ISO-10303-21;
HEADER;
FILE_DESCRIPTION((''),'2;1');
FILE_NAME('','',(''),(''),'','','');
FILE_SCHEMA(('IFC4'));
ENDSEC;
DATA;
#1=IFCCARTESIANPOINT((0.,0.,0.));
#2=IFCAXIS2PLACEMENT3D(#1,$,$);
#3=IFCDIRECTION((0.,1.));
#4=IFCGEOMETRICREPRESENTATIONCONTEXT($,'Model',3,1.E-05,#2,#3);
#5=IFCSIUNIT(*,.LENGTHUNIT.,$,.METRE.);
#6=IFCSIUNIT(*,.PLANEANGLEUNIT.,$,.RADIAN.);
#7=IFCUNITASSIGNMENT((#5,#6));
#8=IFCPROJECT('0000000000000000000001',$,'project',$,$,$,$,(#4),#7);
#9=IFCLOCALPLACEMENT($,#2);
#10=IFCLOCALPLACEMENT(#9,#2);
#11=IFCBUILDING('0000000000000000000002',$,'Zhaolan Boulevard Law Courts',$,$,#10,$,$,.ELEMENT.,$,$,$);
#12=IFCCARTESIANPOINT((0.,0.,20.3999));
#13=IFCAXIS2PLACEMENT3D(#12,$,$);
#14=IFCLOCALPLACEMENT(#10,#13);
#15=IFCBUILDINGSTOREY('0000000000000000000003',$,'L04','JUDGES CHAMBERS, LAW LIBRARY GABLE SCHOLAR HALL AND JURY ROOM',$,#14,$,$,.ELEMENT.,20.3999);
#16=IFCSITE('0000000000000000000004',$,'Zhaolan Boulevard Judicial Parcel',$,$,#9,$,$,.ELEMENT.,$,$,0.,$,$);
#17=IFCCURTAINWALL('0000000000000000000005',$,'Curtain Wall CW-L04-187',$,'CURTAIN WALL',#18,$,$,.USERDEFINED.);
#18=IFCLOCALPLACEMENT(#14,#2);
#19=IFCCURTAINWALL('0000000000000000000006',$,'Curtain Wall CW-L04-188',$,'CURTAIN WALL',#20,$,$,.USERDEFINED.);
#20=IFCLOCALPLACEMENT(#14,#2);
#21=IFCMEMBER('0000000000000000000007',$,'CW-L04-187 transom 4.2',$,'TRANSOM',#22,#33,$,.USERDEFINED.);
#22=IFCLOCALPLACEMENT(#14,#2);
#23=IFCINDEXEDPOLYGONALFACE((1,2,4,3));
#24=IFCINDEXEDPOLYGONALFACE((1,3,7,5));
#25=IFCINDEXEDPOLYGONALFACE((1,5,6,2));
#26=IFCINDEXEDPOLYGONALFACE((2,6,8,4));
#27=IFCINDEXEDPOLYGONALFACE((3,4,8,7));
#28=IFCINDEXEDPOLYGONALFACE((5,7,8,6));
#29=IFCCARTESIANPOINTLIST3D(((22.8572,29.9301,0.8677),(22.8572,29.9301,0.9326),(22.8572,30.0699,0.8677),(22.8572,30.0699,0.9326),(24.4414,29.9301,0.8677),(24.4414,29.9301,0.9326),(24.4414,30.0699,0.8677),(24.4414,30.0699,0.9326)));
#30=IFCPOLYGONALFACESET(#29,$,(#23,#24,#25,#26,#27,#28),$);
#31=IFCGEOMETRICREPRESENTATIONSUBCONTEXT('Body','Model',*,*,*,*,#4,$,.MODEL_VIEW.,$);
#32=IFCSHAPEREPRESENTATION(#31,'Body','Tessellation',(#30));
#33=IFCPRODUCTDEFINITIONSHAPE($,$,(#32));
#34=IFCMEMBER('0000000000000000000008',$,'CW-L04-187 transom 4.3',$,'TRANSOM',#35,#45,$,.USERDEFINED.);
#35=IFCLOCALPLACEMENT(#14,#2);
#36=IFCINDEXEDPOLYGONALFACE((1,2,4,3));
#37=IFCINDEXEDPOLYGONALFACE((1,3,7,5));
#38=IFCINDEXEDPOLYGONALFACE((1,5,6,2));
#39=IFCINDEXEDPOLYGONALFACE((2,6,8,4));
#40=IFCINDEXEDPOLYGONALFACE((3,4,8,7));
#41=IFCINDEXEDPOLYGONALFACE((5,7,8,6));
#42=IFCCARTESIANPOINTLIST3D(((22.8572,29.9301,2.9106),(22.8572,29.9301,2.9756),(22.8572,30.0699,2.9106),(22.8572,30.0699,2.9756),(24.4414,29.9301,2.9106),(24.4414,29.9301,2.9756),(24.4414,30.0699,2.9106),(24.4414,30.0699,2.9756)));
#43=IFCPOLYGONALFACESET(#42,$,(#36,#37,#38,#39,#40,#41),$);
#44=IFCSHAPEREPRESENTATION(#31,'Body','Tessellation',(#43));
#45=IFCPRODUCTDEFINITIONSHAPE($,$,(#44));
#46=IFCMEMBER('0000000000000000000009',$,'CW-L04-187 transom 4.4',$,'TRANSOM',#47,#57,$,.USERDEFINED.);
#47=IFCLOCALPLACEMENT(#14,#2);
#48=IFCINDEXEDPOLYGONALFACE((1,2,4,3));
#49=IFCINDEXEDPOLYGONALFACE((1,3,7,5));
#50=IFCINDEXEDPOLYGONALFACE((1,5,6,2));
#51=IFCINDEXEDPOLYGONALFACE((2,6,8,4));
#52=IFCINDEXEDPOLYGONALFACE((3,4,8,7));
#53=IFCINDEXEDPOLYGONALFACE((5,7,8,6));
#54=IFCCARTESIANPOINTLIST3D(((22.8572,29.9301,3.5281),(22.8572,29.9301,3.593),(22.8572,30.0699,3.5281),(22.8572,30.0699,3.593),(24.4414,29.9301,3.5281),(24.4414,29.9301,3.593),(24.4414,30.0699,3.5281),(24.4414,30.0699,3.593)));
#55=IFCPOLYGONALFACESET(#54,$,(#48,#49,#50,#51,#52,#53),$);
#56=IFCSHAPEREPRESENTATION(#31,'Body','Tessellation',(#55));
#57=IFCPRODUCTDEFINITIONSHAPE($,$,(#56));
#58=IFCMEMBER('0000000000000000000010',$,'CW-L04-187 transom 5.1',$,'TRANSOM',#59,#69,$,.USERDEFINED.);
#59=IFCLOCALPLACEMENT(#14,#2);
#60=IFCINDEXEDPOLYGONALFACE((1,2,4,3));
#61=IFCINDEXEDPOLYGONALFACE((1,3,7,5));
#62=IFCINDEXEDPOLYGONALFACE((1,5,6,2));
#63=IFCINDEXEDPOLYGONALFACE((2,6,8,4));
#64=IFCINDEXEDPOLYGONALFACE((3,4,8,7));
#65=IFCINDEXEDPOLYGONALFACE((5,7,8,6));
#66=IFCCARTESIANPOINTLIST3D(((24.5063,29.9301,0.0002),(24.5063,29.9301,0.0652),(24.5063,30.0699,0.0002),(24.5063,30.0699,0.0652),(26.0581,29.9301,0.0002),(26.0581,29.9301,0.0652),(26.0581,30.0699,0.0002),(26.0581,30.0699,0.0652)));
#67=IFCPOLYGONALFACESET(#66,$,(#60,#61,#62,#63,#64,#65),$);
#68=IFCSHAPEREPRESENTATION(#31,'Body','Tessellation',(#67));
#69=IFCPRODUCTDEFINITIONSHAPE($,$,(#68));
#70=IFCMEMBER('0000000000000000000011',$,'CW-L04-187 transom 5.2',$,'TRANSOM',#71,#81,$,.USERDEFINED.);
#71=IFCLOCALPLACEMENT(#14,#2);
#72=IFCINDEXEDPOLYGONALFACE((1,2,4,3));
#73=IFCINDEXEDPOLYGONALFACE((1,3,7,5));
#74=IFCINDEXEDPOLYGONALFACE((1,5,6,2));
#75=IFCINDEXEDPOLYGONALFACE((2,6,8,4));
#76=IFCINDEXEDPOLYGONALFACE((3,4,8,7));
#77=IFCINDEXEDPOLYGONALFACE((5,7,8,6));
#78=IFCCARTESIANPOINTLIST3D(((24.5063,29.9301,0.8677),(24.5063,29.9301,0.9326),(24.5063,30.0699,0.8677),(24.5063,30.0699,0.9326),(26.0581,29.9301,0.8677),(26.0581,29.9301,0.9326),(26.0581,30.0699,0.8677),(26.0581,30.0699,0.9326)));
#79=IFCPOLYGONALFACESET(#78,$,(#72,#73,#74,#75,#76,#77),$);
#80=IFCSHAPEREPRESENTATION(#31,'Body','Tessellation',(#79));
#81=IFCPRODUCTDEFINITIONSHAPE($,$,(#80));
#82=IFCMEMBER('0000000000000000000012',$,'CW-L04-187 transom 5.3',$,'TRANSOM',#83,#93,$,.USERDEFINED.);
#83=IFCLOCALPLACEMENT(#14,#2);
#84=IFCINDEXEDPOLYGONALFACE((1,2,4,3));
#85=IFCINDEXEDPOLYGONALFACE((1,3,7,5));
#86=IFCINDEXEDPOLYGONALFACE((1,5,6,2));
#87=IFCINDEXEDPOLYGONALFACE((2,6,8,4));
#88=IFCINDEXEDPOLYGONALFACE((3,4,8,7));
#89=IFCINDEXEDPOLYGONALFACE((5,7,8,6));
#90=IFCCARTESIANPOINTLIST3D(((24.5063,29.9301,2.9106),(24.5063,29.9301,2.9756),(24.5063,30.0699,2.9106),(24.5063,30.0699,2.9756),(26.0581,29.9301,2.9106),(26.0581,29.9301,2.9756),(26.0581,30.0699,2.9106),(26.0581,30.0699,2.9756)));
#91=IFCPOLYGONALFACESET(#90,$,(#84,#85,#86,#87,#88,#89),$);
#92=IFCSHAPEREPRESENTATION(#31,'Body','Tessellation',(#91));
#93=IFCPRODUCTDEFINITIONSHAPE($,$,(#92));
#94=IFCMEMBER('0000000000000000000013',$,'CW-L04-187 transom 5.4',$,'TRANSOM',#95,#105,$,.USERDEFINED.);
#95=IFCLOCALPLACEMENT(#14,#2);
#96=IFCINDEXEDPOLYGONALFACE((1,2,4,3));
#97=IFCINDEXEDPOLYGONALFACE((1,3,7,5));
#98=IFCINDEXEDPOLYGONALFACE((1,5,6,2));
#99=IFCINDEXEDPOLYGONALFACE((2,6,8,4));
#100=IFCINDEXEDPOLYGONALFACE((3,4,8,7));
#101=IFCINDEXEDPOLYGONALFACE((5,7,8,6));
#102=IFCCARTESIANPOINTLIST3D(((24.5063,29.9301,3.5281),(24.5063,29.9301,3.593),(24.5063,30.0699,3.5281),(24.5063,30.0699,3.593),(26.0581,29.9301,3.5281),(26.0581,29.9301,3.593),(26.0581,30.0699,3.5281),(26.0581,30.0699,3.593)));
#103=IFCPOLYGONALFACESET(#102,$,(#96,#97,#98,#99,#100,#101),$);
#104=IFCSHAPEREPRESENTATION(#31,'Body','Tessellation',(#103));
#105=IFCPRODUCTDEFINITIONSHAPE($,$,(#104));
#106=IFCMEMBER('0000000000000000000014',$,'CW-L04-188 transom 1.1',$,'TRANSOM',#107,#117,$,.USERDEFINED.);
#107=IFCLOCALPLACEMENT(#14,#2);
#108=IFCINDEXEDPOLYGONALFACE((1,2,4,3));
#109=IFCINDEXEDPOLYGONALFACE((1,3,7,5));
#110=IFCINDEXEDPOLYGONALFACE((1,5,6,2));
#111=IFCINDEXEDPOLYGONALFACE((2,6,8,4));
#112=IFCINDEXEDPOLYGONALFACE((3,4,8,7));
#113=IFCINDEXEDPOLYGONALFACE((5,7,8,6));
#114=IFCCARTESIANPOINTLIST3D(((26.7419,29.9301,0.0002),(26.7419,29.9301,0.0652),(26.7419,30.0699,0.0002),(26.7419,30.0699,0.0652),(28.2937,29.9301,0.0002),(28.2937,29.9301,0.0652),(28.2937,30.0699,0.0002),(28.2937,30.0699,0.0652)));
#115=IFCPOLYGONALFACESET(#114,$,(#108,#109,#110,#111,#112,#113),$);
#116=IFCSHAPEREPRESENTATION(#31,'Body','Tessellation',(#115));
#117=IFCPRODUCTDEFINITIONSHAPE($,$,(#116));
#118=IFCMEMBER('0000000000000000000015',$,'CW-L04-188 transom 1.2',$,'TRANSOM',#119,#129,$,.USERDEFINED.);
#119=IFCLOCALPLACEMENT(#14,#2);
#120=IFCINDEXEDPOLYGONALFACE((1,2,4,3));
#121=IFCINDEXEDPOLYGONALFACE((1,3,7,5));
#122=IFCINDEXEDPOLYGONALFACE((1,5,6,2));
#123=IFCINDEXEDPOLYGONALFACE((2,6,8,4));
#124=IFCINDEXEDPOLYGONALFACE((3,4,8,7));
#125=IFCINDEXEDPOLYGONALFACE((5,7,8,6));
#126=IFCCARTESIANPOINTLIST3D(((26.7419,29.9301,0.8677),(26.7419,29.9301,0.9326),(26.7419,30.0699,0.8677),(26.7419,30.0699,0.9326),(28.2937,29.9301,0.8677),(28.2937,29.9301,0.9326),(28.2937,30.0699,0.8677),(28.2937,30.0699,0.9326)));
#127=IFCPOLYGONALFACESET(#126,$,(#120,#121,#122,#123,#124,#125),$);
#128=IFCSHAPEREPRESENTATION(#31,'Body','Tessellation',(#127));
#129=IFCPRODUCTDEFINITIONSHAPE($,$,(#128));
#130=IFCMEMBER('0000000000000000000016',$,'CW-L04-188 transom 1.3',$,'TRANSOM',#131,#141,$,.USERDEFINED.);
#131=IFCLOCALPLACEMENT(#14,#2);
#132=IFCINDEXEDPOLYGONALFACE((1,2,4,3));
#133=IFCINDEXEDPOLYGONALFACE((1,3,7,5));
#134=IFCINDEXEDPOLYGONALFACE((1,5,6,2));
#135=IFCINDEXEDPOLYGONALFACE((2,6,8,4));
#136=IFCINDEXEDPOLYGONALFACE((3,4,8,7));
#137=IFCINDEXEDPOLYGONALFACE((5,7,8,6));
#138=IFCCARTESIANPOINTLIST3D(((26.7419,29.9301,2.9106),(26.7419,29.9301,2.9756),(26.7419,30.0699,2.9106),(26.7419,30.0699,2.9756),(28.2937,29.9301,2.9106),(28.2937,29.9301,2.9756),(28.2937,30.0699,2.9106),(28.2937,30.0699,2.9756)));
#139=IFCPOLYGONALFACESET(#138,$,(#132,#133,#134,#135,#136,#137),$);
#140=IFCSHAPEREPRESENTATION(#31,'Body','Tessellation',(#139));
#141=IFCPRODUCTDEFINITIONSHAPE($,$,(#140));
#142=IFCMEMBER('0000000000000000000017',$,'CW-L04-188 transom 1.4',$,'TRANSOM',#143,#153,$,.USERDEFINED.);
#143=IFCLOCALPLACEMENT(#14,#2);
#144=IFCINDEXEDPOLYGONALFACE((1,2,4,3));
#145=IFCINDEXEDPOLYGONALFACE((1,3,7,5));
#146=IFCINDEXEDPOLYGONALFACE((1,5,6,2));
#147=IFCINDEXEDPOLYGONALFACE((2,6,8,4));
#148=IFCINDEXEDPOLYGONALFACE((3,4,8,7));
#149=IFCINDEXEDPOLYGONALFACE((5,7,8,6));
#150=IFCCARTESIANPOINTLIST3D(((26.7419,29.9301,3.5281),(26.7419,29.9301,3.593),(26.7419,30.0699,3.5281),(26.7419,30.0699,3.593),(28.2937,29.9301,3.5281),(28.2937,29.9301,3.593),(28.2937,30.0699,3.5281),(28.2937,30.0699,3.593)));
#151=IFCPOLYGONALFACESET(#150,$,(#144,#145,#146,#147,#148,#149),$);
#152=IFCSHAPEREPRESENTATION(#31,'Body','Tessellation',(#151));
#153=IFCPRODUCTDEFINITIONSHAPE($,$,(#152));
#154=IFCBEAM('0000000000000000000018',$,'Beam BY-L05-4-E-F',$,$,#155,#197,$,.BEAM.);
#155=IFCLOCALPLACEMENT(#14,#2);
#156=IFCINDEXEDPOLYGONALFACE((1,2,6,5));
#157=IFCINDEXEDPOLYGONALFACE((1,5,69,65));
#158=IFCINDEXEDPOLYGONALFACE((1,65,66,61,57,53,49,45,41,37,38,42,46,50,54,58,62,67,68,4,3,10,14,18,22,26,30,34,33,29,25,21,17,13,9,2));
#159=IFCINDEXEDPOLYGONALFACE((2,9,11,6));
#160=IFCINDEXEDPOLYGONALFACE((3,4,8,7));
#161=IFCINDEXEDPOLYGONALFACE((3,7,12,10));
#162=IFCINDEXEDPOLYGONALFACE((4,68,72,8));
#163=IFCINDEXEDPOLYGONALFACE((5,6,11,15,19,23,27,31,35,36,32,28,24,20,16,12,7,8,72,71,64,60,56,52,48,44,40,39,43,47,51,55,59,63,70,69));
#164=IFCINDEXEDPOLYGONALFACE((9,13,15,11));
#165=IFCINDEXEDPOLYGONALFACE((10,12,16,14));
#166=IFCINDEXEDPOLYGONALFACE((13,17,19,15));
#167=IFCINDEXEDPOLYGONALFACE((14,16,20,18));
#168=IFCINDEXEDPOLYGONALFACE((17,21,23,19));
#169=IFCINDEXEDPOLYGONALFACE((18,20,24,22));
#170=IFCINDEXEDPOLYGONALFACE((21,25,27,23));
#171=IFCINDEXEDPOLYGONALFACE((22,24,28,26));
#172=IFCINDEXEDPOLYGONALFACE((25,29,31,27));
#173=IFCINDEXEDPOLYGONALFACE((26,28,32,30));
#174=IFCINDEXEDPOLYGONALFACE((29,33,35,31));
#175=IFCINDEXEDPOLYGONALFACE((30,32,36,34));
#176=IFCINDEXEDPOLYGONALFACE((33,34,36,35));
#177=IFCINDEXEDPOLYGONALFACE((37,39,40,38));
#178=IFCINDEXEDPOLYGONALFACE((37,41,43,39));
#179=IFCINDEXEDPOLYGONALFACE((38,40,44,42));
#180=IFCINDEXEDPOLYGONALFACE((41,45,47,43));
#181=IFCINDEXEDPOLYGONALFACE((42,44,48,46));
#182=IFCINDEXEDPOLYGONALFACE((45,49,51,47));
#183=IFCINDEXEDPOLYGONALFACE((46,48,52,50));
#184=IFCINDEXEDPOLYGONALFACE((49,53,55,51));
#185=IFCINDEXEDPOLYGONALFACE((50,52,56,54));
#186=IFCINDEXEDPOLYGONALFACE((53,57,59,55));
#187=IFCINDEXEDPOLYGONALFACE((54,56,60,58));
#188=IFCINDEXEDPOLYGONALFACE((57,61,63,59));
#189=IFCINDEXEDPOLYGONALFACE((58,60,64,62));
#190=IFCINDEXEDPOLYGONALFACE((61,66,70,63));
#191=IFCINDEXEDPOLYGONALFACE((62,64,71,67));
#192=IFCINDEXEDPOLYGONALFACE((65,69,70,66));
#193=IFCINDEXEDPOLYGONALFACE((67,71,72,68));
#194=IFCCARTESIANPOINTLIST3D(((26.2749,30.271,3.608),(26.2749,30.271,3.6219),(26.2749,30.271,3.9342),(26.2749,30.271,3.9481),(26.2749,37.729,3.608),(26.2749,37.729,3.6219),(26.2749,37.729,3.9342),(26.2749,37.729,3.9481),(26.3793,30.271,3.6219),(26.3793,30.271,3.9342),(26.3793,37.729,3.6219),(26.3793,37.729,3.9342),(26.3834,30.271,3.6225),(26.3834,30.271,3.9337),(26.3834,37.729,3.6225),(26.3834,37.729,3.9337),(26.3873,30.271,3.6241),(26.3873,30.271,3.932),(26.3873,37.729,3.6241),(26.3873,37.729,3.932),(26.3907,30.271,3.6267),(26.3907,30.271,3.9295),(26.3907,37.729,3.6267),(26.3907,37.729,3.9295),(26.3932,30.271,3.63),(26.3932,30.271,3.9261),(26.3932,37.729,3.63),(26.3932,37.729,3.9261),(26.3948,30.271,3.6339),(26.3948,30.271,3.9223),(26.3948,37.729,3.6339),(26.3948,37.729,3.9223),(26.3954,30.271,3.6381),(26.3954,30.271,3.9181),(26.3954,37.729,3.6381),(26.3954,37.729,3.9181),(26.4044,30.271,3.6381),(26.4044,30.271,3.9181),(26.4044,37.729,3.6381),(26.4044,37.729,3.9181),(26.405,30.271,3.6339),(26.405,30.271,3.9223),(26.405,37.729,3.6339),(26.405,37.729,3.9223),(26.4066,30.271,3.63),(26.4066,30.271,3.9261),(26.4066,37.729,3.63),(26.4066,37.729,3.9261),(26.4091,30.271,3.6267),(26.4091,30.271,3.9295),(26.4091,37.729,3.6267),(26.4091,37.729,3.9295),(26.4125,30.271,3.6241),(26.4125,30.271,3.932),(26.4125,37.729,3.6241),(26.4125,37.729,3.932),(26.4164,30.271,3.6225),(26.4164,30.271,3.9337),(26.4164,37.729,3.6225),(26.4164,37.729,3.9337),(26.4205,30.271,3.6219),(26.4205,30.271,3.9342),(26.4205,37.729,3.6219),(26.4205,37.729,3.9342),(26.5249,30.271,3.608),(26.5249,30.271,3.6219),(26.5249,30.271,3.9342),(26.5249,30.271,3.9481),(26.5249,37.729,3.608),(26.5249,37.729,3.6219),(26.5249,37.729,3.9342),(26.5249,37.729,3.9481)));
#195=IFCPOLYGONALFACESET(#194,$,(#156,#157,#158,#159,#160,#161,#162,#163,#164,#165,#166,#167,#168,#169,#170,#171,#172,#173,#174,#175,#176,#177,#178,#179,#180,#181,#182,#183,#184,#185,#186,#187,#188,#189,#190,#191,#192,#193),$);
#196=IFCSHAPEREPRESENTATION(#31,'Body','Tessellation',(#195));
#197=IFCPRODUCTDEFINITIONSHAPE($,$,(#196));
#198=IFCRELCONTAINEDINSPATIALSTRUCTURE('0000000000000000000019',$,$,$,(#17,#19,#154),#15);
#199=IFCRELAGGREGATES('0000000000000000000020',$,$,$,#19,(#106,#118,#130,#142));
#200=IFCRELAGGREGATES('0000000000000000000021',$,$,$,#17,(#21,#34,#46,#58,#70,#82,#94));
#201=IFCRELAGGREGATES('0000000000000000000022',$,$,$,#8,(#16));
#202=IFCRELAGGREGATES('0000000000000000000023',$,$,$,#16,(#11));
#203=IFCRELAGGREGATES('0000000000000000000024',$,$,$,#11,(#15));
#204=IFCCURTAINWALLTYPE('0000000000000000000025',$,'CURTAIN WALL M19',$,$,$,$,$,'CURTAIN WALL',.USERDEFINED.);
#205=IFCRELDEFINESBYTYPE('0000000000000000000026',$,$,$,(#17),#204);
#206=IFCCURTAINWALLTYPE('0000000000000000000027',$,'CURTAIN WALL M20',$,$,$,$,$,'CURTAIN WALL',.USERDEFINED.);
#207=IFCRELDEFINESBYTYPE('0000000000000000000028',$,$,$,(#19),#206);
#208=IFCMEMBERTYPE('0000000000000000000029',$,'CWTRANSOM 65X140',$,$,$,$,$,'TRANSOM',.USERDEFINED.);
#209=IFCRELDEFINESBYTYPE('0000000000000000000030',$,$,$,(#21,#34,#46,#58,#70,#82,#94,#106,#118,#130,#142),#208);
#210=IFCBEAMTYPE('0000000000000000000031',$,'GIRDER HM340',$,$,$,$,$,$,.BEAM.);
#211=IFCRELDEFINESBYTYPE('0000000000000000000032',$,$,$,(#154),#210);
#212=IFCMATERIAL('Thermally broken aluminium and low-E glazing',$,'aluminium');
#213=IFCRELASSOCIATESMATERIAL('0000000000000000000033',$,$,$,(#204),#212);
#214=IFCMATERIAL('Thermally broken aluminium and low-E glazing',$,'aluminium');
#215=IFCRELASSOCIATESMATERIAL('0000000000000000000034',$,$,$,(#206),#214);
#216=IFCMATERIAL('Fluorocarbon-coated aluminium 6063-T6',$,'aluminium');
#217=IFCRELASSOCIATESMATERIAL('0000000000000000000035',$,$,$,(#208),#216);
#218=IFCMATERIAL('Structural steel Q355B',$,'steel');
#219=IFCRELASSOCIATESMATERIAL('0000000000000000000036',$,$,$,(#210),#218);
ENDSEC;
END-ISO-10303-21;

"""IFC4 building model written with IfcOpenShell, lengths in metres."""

from ifc_helpers import new_model, si_unit, direction, frame, origin, origin_2d, place, context, subcontext, project, spatial, rectangle, i_section, extrude, material, material_profile, profile_set, type_object, element, aggregate, save


model = new_model("IFC4")

# Units and contexts
model_context = context("Model", 3, precision=1e-05, world=origin(), true_north=direction((0.0, 1.0)))
body_context = subcontext(model_context, "Body", "Model", "MODEL_VIEW")
ifc_project = project(units=[si_unit("LENGTHUNIT", "METRE"), si_unit("PLANEANGLEUNIT", "RADIAN")], contexts=[model_context])

# Site, building, storey
site_placement = place(None, origin())
site = spatial("IfcSite", under=ifc_project, at=site_placement, Name="Zhaolan Boulevard Judicial Parcel", CompositionType="ELEMENT", RefElevation=0.0)
building_placement = place(site_placement, origin())
building = spatial("IfcBuilding", under=site, at=building_placement, Name="Zhaolan Boulevard Law Courts", CompositionType="ELEMENT")
storey_placement = place(building_placement, frame((0.0, 0.0, 20.3999)))
storey = spatial("IfcBuildingStorey", under=building, at=storey_placement, Name="L04", Description="JUDGES CHAMBERS, LAW LIBRARY GABLE SCHOLAR HALL AND JURY ROOM", CompositionType="ELEMENT", Elevation=20.3999)

# Curtain wall
ifc_material_1 = material(Name="Thermally broken aluminium and low-E glazing", Category="aluminium")
curtain_wall_type_1 = type_object("IfcCurtainWallType", Name="CURTAIN WALL M19", ElementType="CURTAIN WALL", PredefinedType="USERDEFINED", material=ifc_material_1)
curtain_wall_1_placement = place(storey_placement, origin())
curtain_wall_1 = element("IfcCurtainWall", 1, at=curtain_wall_1_placement, inside=storey, type_object=curtain_wall_type_1, Name="Curtain Wall CW-L04-187", ObjectType="CURTAIN WALL", PredefinedType="USERDEFINED")

# Curtain wall
ifc_material_2 = material(Name="Thermally broken aluminium and low-E glazing", Category="aluminium")
curtain_wall_type_2 = type_object("IfcCurtainWallType", Name="CURTAIN WALL M20", ElementType="CURTAIN WALL", PredefinedType="USERDEFINED", material=ifc_material_2)
curtain_wall_2_placement = place(storey_placement, origin())
curtain_wall_2 = element("IfcCurtainWall", 2, at=curtain_wall_2_placement, inside=storey, type_object=curtain_wall_type_2, Name="Curtain Wall CW-L04-188", ObjectType="CURTAIN WALL", PredefinedType="USERDEFINED")

# Members
ifc_material_3 = material(Name="Fluorocarbon-coated aluminium 6063-T6", Category="aluminium")
ifc_material_profile_1 = material_profile(ifc_material_3, rectangle(XDim=0.1399, YDim=0.0649, at=origin_2d()), Name="AL65x140")
ifc_profile_set_1 = profile_set([ifc_material_profile_1], Name="Fluorocarbon-coated aluminium 6063-T6")
member_type_1 = type_object("IfcMemberType", Name="CWTRANSOM 65X140", ElementType="TRANSOM", PredefinedType="USERDEFINED", material=ifc_profile_set_1)
member_1_placement = place(storey_placement, frame((22.8572, 30.0, 0.9001), z_axis=(1.0, 0.0, 0.0), x_axis=(0.0, 1.0, 0.0)))
member_1 = element("IfcMember", 3, at=member_1_placement, type_object=member_type_1, Name="CW-L04-187 transom 4.2", ObjectType="TRANSOM", PredefinedType="USERDEFINED", context=body_context, shape_type="SweptSolid", body=[
    extrude(rectangle(XDim=0.1399, YDim=0.0649, at=origin_2d()), origin(), (0.0, 0.0, 1.0), 1.5842),
])
member_2_placement = place(storey_placement, frame((22.8572, 30.0, 2.9431), z_axis=(1.0, 0.0, 0.0), x_axis=(0.0, 1.0, 0.0)))
member_2 = element("IfcMember", 4, at=member_2_placement, type_object=member_type_1, Name="CW-L04-187 transom 4.3", ObjectType="TRANSOM", PredefinedType="USERDEFINED", context=body_context, shape_type="SweptSolid", body=[
    extrude(rectangle(XDim=0.1399, YDim=0.0649, at=origin_2d()), origin(), (0.0, 0.0, 1.0), 1.5842),
])
member_3_placement = place(storey_placement, frame((22.8572, 30.0, 3.5605), z_axis=(1.0, 0.0, 0.0), x_axis=(0.0, 1.0, 0.0)))
member_3 = element("IfcMember", 5, at=member_3_placement, type_object=member_type_1, Name="CW-L04-187 transom 4.4", ObjectType="TRANSOM", PredefinedType="USERDEFINED", context=body_context, shape_type="SweptSolid", body=[
    extrude(rectangle(XDim=0.1399, YDim=0.0649, at=origin_2d()), origin(), (0.0, 0.0, 1.0), 1.5842),
])
member_4_placement = place(storey_placement, frame((24.5063, 30.0, 0.0327), z_axis=(1.0, 0.0, 0.0), x_axis=(0.0, 1.0, 0.0)))
member_4 = element("IfcMember", 6, at=member_4_placement, type_object=member_type_1, Name="CW-L04-187 transom 5.1", ObjectType="TRANSOM", PredefinedType="USERDEFINED", context=body_context, shape_type="SweptSolid", body=[
    extrude(rectangle(XDim=0.1399, YDim=0.0649, at=origin_2d()), origin(), (0.0, 0.0, 1.0), 1.5518),
])
member_5_placement = place(storey_placement, frame((24.5063, 30.0, 0.9001), z_axis=(1.0, 0.0, 0.0), x_axis=(0.0, 1.0, 0.0)))
member_5 = element("IfcMember", 7, at=member_5_placement, type_object=member_type_1, Name="CW-L04-187 transom 5.2", ObjectType="TRANSOM", PredefinedType="USERDEFINED", context=body_context, shape_type="SweptSolid", body=[
    extrude(rectangle(XDim=0.1399, YDim=0.0649, at=origin_2d()), origin(), (0.0, 0.0, 1.0), 1.5518),
])
member_6_placement = place(storey_placement, frame((24.5063, 30.0, 2.9431), z_axis=(1.0, 0.0, 0.0), x_axis=(0.0, 1.0, 0.0)))
member_6 = element("IfcMember", 8, at=member_6_placement, type_object=member_type_1, Name="CW-L04-187 transom 5.3", ObjectType="TRANSOM", PredefinedType="USERDEFINED", context=body_context, shape_type="SweptSolid", body=[
    extrude(rectangle(XDim=0.1399, YDim=0.0649, at=origin_2d()), origin(), (0.0, 0.0, 1.0), 1.5518),
])
member_7_placement = place(storey_placement, frame((24.5063, 30.0, 3.5605), z_axis=(1.0, 0.0, 0.0), x_axis=(0.0, 1.0, 0.0)))
member_7 = element("IfcMember", 9, at=member_7_placement, type_object=member_type_1, Name="CW-L04-187 transom 5.4", ObjectType="TRANSOM", PredefinedType="USERDEFINED", context=body_context, shape_type="SweptSolid", body=[
    extrude(rectangle(XDim=0.1399, YDim=0.0649, at=origin_2d()), origin(), (0.0, 0.0, 1.0), 1.5518),
])
member_8_placement = place(storey_placement, frame((26.7419, 30.0, 0.0327), z_axis=(1.0, 0.0, 0.0), x_axis=(0.0, 1.0, 0.0)))
member_8 = element("IfcMember", 10, at=member_8_placement, type_object=member_type_1, Name="CW-L04-188 transom 1.1", ObjectType="TRANSOM", PredefinedType="USERDEFINED", context=body_context, shape_type="SweptSolid", body=[
    extrude(rectangle(XDim=0.1399, YDim=0.0649, at=origin_2d()), origin(), (0.0, 0.0, 1.0), 1.5518),
])
member_9_placement = place(storey_placement, frame((26.7419, 30.0, 0.9001), z_axis=(1.0, 0.0, 0.0), x_axis=(0.0, 1.0, 0.0)))
member_9 = element("IfcMember", 11, at=member_9_placement, type_object=member_type_1, Name="CW-L04-188 transom 1.2", ObjectType="TRANSOM", PredefinedType="USERDEFINED", context=body_context, shape_type="SweptSolid", body=[
    extrude(rectangle(XDim=0.1399, YDim=0.0649, at=origin_2d()), origin(), (0.0, 0.0, 1.0), 1.5518),
])
member_10_placement = place(storey_placement, frame((26.7419, 30.0, 2.9431), z_axis=(1.0, 0.0, 0.0), x_axis=(0.0, 1.0, 0.0)))
member_10 = element("IfcMember", 12, at=member_10_placement, type_object=member_type_1, Name="CW-L04-188 transom 1.3", ObjectType="TRANSOM", PredefinedType="USERDEFINED", context=body_context, shape_type="SweptSolid", body=[
    extrude(rectangle(XDim=0.1399, YDim=0.0649, at=origin_2d()), origin(), (0.0, 0.0, 1.0), 1.5518),
])
member_11_placement = place(storey_placement, frame((26.7419, 30.0, 3.5605), z_axis=(1.0, 0.0, 0.0), x_axis=(0.0, 1.0, 0.0)))
member_11 = element("IfcMember", 13, at=member_11_placement, type_object=member_type_1, Name="CW-L04-188 transom 1.4", ObjectType="TRANSOM", PredefinedType="USERDEFINED", context=body_context, shape_type="SweptSolid", body=[
    extrude(rectangle(XDim=0.1399, YDim=0.0649, at=origin_2d()), origin(), (0.0, 0.0, 1.0), 1.5518),
])
aggregate(curtain_wall_2, [member_8, member_9, member_10, member_11])

# Beam
ifc_material_4 = material(Name="Structural steel Q355B", Category="steel")
ifc_material_profile_2 = material_profile(ifc_material_4, i_section(OverallWidth=0.25, OverallDepth=0.3401, WebThickness=0.009, FlangeThickness=0.0139, FilletRadius=0.0161, at=origin_2d()), Name="HM340x250")
ifc_profile_set_2 = profile_set([ifc_material_profile_2], Name="Structural steel Q355B")
beam_type_1 = type_object("IfcBeamType", Name="GIRDER HM340", PredefinedType="BEAM", material=ifc_profile_set_2)
beam_1_placement = place(storey_placement, frame((26.3999, 30.271, 3.7781), z_axis=(0.0, 1.0, 0.0), x_axis=(-1.0, 0.0, 0.0)))
element("IfcBeam", 14, at=beam_1_placement, inside=storey, type_object=beam_type_1, Name="Beam BY-L05-4-E-F", PredefinedType="BEAM", context=body_context, shape_type="SweptSolid", body=[
    extrude(i_section(OverallWidth=0.25, OverallDepth=0.3401, WebThickness=0.009, FlangeThickness=0.0139, FilletRadius=0.0161, at=origin_2d()), origin(), (0.0, 0.0, 1.0), 7.458),
])

aggregate(curtain_wall_1, [member_1, member_2, member_3, member_4, member_5, member_6, member_7])

save(model, "model.ifc")
